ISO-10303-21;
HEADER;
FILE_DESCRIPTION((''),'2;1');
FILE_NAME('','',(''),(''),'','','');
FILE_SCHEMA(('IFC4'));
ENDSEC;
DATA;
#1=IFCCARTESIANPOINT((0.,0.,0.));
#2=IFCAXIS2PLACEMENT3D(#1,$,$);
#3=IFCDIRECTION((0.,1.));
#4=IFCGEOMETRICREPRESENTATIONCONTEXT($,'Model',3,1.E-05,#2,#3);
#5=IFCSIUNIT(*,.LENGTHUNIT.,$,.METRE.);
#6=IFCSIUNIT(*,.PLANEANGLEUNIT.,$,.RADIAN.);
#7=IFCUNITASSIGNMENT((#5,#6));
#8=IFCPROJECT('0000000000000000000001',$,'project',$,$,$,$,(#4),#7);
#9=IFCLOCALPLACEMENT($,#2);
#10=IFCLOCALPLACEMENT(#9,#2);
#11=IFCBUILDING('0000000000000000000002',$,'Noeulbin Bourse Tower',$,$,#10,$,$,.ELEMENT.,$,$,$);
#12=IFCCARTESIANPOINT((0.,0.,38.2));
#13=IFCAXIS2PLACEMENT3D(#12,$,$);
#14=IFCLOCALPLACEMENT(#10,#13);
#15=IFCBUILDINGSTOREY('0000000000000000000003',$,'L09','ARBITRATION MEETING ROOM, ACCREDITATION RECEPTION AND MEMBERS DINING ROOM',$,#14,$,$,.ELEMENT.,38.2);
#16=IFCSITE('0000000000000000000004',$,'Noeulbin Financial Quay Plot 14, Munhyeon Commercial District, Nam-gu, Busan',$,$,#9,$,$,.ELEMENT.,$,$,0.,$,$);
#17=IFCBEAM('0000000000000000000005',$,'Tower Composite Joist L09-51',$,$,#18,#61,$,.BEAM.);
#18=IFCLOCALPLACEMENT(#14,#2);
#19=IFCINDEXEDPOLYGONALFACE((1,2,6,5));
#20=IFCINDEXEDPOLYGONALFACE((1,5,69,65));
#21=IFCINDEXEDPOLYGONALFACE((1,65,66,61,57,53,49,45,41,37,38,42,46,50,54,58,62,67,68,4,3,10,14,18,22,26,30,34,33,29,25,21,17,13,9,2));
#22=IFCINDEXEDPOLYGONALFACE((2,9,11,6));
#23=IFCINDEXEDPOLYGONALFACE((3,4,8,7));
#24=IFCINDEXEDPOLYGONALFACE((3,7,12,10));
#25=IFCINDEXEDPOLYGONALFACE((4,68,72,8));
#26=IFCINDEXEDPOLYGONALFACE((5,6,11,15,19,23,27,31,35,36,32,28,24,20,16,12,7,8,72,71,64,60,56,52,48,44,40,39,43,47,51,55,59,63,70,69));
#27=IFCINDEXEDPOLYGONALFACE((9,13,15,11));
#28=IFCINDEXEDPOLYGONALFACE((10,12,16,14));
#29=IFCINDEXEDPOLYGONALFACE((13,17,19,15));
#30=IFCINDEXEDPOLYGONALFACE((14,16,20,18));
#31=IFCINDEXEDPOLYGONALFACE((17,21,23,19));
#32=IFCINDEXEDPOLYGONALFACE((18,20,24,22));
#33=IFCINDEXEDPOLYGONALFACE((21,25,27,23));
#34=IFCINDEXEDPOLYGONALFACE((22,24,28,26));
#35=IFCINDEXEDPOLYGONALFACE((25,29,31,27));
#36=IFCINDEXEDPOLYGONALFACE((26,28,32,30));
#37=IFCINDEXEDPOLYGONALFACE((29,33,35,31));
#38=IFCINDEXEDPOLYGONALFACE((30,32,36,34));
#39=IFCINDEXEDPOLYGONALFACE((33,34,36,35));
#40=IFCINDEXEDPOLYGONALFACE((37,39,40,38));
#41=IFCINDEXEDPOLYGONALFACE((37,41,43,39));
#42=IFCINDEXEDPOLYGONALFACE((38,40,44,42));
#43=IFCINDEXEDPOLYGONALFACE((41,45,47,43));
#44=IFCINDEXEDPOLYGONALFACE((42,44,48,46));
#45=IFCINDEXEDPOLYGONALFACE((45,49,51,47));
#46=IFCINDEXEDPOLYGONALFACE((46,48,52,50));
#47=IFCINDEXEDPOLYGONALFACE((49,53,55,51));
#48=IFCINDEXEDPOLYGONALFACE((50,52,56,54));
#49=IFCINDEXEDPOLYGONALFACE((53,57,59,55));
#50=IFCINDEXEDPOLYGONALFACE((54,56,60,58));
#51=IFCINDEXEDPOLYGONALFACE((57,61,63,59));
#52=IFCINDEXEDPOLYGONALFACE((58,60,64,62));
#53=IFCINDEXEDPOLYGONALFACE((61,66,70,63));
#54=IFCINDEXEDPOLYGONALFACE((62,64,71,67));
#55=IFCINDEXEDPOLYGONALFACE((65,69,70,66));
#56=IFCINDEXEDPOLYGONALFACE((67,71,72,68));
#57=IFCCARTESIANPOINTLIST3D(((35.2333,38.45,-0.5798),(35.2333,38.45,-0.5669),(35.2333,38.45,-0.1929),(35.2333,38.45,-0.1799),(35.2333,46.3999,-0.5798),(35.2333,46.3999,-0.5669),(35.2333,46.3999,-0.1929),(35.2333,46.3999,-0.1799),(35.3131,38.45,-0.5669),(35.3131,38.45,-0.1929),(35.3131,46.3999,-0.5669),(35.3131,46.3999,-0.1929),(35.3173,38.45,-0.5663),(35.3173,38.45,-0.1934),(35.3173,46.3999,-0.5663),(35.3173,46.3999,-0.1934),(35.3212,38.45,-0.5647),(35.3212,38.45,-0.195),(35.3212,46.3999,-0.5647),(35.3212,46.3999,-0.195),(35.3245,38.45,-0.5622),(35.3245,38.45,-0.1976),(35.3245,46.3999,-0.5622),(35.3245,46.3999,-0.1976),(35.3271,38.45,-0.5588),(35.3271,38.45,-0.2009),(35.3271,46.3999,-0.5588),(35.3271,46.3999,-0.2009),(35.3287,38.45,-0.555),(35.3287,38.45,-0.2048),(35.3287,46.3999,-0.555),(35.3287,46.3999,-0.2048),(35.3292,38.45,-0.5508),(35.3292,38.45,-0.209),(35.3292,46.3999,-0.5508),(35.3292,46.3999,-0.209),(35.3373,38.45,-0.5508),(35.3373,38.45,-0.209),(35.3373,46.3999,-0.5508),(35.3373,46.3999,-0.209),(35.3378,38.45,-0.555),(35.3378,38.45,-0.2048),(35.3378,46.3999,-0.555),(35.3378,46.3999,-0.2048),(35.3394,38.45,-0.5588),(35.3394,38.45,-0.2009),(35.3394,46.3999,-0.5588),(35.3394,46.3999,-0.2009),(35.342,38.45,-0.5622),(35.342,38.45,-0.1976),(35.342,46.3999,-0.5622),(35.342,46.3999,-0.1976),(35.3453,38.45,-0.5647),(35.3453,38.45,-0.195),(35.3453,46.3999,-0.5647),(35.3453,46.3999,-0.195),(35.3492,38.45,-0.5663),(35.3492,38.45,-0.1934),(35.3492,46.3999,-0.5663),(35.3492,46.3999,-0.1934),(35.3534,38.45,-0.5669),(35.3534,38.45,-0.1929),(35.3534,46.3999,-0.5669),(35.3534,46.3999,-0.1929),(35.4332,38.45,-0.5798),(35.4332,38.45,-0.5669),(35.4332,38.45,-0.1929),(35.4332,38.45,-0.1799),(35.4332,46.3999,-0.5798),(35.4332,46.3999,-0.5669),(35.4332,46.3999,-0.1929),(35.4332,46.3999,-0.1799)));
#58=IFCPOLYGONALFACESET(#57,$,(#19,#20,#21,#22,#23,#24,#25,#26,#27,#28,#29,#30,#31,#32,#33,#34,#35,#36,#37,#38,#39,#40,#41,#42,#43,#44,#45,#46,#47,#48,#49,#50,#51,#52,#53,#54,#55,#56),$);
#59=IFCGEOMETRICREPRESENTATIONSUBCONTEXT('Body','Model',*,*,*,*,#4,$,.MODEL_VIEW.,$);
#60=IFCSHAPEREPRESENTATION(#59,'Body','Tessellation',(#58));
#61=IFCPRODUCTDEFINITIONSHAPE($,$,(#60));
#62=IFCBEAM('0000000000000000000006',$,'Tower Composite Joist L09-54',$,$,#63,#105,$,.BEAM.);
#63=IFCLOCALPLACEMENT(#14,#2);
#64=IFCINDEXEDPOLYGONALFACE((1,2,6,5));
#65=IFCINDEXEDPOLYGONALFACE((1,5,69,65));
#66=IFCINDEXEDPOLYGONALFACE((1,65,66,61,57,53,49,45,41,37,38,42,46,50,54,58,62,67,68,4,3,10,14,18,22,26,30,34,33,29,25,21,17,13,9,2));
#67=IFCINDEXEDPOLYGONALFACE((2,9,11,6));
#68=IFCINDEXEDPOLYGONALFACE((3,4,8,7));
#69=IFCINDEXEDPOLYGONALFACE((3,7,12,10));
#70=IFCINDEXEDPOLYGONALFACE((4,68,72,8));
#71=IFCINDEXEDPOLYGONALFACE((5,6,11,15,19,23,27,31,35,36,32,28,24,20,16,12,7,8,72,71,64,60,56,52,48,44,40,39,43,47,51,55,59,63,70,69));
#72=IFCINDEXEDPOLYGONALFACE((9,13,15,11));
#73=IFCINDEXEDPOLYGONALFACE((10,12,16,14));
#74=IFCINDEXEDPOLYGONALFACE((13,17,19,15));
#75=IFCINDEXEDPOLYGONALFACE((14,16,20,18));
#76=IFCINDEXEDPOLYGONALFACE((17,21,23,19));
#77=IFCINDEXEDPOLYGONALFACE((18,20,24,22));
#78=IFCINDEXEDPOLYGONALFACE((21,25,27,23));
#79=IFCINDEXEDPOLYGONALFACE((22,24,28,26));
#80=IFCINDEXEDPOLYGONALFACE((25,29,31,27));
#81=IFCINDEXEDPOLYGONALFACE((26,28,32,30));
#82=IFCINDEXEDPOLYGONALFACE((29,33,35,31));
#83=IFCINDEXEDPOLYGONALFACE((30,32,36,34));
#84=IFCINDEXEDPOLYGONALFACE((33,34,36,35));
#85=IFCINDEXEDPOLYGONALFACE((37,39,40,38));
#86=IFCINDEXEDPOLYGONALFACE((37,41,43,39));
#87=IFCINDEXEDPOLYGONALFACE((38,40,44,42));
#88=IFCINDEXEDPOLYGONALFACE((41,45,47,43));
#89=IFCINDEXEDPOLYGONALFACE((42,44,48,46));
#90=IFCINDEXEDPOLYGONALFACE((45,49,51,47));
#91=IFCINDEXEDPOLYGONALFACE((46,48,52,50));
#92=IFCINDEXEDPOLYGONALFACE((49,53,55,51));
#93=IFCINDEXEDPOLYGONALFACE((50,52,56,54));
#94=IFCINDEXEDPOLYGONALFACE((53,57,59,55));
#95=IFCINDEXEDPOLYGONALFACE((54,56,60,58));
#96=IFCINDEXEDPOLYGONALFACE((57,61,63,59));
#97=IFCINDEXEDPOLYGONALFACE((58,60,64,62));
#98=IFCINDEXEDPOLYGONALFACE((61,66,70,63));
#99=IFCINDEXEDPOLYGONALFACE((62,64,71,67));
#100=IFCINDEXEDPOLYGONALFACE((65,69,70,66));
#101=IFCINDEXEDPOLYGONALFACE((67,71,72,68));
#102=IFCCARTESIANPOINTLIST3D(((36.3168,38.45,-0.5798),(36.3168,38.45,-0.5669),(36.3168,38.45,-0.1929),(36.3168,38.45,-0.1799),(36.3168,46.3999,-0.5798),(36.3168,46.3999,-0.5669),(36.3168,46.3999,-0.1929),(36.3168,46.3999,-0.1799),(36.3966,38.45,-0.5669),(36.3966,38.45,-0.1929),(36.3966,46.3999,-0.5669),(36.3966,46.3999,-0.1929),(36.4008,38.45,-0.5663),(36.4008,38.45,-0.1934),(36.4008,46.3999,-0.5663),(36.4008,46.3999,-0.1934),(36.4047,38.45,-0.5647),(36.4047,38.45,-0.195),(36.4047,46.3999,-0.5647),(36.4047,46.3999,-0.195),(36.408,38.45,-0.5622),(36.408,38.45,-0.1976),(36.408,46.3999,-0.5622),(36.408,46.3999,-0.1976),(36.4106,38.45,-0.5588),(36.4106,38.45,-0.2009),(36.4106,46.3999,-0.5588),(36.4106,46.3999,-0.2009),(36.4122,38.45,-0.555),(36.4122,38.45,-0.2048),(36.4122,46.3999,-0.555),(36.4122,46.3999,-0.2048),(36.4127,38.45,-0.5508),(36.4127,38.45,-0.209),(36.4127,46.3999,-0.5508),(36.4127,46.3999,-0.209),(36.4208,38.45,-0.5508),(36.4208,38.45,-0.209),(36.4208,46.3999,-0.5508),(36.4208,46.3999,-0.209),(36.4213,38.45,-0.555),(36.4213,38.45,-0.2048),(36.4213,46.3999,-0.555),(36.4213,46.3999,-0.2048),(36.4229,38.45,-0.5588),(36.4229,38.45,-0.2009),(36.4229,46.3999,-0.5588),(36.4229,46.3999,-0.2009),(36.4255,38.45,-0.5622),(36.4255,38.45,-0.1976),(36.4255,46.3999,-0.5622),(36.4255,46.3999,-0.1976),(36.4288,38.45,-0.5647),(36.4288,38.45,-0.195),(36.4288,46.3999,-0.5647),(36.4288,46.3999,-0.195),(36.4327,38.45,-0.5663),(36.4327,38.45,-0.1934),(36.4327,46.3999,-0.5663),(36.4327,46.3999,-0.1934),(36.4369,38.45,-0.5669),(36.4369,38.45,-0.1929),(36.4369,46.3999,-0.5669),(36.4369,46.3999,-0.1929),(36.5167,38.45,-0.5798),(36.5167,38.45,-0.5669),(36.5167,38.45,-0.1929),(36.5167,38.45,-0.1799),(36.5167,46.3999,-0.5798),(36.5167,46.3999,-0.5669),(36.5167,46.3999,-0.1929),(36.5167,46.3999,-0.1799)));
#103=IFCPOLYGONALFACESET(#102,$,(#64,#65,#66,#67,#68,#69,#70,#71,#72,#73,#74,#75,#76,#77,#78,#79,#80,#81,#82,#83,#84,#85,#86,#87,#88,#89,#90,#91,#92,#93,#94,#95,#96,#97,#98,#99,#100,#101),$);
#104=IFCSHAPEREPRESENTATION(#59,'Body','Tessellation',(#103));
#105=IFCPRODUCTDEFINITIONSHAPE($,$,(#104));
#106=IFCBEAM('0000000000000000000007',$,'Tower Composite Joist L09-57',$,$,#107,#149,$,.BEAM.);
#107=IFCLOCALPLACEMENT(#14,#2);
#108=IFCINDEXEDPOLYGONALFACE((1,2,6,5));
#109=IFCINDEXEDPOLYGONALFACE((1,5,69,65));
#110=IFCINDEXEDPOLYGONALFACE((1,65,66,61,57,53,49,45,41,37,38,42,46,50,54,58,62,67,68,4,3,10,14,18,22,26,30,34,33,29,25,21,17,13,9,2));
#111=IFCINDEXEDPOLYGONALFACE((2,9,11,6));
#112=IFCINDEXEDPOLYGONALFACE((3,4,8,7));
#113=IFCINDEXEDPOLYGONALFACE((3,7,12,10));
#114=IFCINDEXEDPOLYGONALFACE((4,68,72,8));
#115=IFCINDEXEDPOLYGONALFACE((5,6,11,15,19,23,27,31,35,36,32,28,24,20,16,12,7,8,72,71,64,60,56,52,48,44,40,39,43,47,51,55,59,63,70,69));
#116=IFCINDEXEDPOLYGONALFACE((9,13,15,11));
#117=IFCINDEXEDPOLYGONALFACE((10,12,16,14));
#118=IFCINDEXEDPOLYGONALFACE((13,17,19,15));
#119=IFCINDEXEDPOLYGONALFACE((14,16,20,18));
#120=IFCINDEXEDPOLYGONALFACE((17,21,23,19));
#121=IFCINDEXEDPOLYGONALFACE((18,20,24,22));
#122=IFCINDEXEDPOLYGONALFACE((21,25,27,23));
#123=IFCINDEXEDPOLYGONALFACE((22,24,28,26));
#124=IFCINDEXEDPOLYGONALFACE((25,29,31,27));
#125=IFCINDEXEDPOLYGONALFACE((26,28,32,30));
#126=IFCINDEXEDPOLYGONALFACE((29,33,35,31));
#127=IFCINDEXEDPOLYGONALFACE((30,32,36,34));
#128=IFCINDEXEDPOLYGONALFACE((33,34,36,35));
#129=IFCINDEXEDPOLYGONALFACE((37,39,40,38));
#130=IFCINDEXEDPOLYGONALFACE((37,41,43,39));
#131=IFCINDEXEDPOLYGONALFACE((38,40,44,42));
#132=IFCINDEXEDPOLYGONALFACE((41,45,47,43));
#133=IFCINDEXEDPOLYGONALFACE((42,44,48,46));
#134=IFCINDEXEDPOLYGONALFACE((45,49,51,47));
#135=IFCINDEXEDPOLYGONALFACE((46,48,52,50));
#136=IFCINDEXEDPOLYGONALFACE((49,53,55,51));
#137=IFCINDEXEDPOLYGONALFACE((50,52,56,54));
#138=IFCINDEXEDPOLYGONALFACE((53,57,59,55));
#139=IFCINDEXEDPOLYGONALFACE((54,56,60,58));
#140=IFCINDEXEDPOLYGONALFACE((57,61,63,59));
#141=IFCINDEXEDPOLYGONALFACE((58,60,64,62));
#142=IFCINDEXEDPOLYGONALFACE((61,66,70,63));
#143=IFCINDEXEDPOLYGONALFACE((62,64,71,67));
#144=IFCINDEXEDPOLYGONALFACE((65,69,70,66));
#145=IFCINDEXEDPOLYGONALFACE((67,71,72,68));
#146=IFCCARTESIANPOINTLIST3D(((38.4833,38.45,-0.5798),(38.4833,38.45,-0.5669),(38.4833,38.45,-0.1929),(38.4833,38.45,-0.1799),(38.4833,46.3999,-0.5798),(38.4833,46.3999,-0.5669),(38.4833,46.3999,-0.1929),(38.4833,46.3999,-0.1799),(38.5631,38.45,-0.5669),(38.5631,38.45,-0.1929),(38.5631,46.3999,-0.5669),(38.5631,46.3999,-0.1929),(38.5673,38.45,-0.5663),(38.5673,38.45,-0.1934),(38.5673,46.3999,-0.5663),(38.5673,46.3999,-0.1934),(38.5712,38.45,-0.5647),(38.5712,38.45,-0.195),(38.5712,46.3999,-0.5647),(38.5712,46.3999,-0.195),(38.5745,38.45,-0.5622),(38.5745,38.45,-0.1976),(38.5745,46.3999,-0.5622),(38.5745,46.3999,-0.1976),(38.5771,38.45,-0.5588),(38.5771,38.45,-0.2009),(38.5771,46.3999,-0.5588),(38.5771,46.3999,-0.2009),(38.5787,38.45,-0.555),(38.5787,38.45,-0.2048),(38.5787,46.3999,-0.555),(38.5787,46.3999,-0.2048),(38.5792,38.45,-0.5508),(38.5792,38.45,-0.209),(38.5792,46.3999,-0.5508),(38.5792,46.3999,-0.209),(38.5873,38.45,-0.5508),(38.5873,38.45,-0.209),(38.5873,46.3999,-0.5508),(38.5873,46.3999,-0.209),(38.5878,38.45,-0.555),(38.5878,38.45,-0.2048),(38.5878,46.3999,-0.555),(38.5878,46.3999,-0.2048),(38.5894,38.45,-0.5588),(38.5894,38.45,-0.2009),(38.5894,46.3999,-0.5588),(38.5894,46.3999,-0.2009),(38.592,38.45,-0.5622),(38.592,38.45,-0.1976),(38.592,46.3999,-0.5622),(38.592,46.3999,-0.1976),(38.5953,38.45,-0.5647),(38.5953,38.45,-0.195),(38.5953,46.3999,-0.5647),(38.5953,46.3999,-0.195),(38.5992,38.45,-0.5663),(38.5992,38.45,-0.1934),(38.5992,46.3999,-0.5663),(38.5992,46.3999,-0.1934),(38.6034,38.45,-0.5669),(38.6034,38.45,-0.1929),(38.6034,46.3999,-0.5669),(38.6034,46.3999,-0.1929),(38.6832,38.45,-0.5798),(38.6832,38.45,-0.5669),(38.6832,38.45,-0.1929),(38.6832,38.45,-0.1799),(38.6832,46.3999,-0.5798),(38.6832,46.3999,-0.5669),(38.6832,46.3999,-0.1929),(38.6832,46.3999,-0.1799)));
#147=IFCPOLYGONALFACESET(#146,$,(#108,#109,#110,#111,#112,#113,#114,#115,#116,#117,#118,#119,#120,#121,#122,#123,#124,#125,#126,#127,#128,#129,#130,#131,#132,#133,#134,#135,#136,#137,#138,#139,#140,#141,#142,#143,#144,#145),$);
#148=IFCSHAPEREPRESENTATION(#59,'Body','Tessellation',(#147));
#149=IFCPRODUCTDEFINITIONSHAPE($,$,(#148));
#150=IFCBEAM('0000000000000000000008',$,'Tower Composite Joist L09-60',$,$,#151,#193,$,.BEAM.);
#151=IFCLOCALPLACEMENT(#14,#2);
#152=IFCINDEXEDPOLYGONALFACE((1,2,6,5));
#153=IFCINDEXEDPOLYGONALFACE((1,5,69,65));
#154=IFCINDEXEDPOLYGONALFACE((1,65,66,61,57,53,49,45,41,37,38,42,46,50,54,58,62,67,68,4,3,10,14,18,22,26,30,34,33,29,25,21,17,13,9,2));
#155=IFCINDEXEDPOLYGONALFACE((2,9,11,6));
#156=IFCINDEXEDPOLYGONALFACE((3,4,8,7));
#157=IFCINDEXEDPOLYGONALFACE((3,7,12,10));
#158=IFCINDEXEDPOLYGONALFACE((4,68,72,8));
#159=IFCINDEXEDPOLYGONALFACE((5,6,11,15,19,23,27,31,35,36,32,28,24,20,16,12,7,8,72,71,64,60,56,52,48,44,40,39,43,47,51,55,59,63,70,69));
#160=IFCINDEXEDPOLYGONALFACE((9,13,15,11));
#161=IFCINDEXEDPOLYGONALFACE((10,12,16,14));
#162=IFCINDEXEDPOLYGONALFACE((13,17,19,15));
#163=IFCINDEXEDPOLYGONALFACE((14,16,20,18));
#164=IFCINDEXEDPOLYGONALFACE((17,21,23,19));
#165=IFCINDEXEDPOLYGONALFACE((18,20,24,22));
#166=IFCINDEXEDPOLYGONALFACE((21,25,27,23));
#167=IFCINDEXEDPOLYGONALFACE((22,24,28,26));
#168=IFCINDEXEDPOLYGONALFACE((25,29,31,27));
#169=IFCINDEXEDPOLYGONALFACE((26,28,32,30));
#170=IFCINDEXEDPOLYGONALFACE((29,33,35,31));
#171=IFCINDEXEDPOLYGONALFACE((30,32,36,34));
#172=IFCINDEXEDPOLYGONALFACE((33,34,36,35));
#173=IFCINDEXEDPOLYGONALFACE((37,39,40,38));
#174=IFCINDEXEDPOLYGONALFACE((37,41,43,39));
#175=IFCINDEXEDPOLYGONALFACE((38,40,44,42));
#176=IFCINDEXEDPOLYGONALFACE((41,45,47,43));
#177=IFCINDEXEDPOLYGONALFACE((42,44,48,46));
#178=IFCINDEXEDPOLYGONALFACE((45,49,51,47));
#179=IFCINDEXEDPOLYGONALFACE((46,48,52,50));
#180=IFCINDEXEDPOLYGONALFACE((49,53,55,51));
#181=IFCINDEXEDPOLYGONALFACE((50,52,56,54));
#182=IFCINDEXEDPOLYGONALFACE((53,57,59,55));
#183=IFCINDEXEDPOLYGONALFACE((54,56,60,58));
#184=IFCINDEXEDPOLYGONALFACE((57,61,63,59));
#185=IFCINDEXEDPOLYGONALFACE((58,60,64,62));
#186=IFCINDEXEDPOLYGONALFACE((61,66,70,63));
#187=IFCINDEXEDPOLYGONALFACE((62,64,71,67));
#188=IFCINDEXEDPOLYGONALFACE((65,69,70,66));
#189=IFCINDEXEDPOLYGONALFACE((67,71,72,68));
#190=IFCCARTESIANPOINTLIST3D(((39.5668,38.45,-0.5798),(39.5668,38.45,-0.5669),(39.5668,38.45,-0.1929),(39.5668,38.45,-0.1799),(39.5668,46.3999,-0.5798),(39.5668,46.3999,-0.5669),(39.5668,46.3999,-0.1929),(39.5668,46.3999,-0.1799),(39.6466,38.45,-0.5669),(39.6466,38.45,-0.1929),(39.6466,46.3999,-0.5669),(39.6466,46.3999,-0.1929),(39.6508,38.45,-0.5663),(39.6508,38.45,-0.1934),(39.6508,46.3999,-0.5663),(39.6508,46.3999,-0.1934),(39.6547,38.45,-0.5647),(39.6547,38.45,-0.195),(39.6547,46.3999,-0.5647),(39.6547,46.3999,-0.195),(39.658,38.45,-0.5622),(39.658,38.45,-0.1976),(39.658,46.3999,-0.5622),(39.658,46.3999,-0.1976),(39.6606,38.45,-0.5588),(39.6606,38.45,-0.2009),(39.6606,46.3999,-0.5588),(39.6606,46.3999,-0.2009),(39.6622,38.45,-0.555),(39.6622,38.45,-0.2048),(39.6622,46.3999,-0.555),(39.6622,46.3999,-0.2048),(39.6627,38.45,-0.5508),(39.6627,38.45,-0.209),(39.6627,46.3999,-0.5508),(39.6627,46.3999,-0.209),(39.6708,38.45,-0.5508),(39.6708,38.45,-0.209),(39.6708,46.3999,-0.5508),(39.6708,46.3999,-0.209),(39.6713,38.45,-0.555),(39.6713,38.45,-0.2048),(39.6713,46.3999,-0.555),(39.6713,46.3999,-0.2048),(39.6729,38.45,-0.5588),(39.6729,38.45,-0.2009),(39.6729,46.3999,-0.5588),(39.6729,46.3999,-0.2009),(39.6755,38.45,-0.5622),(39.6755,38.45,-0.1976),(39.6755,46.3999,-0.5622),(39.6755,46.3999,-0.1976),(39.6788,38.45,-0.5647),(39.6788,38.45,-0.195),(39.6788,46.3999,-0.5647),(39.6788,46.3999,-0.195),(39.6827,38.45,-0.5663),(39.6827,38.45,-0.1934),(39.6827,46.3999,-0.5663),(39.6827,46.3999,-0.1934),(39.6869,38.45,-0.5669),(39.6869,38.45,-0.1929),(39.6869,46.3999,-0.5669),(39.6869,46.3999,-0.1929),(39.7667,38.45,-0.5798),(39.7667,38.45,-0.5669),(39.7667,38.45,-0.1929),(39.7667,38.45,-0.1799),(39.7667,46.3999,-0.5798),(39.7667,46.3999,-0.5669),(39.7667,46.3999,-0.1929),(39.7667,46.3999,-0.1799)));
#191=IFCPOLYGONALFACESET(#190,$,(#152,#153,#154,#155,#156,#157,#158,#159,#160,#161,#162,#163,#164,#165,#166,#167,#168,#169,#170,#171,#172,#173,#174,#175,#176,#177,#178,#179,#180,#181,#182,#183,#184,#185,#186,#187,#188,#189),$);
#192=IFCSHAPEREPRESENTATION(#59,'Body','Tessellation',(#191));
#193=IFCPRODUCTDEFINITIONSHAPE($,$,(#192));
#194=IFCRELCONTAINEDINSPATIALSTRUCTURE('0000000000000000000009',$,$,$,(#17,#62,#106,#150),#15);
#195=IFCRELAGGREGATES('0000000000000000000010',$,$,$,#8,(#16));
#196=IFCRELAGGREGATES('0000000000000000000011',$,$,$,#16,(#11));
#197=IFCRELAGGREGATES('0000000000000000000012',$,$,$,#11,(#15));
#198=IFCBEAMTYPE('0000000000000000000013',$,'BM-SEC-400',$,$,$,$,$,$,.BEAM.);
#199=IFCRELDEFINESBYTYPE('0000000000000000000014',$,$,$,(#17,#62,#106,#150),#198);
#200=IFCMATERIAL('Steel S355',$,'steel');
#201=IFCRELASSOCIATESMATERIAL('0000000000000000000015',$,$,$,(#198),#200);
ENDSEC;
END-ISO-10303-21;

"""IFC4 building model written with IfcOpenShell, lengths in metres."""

from ifc_helpers import new_model, si_unit, direction, frame, origin, origin_2d, place, context, subcontext, project, spatial, i_section, extrude, material, material_profile, profile_set, type_object, element, save


model = new_model("IFC4")

# Units and contexts
model_context = context("Model", 3, precision=1e-05, world=origin(), true_north=direction((0.0, 1.0)))
body_context = subcontext(model_context, "Body", "Model", "MODEL_VIEW")
ifc_project = project(units=[si_unit("LENGTHUNIT", "METRE"), si_unit("PLANEANGLEUNIT", "RADIAN")], contexts=[model_context])

# Site, building, storey
site_placement = place(None, origin())
site = spatial("IfcSite", under=ifc_project, at=site_placement, Name="Noeulbin Financial Quay Plot 14, Munhyeon Commercial District, Nam-gu, Busan", CompositionType="ELEMENT", RefElevation=0.0)
building_placement = place(site_placement, origin())
building = spatial("IfcBuilding", under=site, at=building_placement, Name="Noeulbin Bourse Tower", CompositionType="ELEMENT")
storey_placement = place(building_placement, frame((0.0, 0.0, 38.2)))
storey = spatial("IfcBuildingStorey", under=building, at=storey_placement, Name="L09", Description="ARBITRATION MEETING ROOM, ACCREDITATION RECEPTION AND MEMBERS DINING ROOM", CompositionType="ELEMENT", Elevation=38.2)

# Beams
ifc_material_1 = material(Name="Steel S355", Category="steel")
ifc_material_profile_1 = material_profile(ifc_material_1, i_section(OverallWidth=0.2, OverallDepth=0.3999, WebThickness=0.0081, FlangeThickness=0.0129, FilletRadius=0.0161, at=origin_2d()), Name="H-400x200x8x13", Category="LoadBearing")
ifc_profile_set_1 = profile_set([ifc_material_profile_1], Name="Steel S355")
beam_type_1 = type_object("IfcBeamType", Name="BM-SEC-400", PredefinedType="BEAM", material=ifc_profile_set_1)
for number, where, z_axis, x_axis, name in (
    (1, (35.3333, 38.45, -0.3799), (0.0, 1.0, 0.0), (-1.0, 0.0, 0.0), "Tower Composite Joist L09-51"),
    (2, (36.4167, 38.45, -0.3799), (0.0, 1.0, 0.0), (-1.0, 0.0, 0.0), "Tower Composite Joist L09-54"),
    (3, (38.5833, 38.45, -0.3799), (0.0, 1.0, 0.0), (-1.0, 0.0, 0.0), "Tower Composite Joist L09-57"),
    (4, (39.6667, 38.45, -0.3799), (0.0, 1.0, 0.0), (-1.0, 0.0, 0.0), "Tower Composite Joist L09-60"),
):
    element("IfcBeam", number, at=place(storey_placement, frame(where, z_axis=z_axis, x_axis=x_axis)), inside=storey, type_object=beam_type_1, Name=name, PredefinedType="BEAM", context=body_context, shape_type="SweptSolid", body=[
        extrude(i_section(OverallWidth=0.2, OverallDepth=0.3999, WebThickness=0.0081, FlangeThickness=0.0129, FilletRadius=0.0161, at=origin_2d()), origin(), (0.0, 0.0, 1.0), 7.95),
    ])

save(model, "model.ifc")
